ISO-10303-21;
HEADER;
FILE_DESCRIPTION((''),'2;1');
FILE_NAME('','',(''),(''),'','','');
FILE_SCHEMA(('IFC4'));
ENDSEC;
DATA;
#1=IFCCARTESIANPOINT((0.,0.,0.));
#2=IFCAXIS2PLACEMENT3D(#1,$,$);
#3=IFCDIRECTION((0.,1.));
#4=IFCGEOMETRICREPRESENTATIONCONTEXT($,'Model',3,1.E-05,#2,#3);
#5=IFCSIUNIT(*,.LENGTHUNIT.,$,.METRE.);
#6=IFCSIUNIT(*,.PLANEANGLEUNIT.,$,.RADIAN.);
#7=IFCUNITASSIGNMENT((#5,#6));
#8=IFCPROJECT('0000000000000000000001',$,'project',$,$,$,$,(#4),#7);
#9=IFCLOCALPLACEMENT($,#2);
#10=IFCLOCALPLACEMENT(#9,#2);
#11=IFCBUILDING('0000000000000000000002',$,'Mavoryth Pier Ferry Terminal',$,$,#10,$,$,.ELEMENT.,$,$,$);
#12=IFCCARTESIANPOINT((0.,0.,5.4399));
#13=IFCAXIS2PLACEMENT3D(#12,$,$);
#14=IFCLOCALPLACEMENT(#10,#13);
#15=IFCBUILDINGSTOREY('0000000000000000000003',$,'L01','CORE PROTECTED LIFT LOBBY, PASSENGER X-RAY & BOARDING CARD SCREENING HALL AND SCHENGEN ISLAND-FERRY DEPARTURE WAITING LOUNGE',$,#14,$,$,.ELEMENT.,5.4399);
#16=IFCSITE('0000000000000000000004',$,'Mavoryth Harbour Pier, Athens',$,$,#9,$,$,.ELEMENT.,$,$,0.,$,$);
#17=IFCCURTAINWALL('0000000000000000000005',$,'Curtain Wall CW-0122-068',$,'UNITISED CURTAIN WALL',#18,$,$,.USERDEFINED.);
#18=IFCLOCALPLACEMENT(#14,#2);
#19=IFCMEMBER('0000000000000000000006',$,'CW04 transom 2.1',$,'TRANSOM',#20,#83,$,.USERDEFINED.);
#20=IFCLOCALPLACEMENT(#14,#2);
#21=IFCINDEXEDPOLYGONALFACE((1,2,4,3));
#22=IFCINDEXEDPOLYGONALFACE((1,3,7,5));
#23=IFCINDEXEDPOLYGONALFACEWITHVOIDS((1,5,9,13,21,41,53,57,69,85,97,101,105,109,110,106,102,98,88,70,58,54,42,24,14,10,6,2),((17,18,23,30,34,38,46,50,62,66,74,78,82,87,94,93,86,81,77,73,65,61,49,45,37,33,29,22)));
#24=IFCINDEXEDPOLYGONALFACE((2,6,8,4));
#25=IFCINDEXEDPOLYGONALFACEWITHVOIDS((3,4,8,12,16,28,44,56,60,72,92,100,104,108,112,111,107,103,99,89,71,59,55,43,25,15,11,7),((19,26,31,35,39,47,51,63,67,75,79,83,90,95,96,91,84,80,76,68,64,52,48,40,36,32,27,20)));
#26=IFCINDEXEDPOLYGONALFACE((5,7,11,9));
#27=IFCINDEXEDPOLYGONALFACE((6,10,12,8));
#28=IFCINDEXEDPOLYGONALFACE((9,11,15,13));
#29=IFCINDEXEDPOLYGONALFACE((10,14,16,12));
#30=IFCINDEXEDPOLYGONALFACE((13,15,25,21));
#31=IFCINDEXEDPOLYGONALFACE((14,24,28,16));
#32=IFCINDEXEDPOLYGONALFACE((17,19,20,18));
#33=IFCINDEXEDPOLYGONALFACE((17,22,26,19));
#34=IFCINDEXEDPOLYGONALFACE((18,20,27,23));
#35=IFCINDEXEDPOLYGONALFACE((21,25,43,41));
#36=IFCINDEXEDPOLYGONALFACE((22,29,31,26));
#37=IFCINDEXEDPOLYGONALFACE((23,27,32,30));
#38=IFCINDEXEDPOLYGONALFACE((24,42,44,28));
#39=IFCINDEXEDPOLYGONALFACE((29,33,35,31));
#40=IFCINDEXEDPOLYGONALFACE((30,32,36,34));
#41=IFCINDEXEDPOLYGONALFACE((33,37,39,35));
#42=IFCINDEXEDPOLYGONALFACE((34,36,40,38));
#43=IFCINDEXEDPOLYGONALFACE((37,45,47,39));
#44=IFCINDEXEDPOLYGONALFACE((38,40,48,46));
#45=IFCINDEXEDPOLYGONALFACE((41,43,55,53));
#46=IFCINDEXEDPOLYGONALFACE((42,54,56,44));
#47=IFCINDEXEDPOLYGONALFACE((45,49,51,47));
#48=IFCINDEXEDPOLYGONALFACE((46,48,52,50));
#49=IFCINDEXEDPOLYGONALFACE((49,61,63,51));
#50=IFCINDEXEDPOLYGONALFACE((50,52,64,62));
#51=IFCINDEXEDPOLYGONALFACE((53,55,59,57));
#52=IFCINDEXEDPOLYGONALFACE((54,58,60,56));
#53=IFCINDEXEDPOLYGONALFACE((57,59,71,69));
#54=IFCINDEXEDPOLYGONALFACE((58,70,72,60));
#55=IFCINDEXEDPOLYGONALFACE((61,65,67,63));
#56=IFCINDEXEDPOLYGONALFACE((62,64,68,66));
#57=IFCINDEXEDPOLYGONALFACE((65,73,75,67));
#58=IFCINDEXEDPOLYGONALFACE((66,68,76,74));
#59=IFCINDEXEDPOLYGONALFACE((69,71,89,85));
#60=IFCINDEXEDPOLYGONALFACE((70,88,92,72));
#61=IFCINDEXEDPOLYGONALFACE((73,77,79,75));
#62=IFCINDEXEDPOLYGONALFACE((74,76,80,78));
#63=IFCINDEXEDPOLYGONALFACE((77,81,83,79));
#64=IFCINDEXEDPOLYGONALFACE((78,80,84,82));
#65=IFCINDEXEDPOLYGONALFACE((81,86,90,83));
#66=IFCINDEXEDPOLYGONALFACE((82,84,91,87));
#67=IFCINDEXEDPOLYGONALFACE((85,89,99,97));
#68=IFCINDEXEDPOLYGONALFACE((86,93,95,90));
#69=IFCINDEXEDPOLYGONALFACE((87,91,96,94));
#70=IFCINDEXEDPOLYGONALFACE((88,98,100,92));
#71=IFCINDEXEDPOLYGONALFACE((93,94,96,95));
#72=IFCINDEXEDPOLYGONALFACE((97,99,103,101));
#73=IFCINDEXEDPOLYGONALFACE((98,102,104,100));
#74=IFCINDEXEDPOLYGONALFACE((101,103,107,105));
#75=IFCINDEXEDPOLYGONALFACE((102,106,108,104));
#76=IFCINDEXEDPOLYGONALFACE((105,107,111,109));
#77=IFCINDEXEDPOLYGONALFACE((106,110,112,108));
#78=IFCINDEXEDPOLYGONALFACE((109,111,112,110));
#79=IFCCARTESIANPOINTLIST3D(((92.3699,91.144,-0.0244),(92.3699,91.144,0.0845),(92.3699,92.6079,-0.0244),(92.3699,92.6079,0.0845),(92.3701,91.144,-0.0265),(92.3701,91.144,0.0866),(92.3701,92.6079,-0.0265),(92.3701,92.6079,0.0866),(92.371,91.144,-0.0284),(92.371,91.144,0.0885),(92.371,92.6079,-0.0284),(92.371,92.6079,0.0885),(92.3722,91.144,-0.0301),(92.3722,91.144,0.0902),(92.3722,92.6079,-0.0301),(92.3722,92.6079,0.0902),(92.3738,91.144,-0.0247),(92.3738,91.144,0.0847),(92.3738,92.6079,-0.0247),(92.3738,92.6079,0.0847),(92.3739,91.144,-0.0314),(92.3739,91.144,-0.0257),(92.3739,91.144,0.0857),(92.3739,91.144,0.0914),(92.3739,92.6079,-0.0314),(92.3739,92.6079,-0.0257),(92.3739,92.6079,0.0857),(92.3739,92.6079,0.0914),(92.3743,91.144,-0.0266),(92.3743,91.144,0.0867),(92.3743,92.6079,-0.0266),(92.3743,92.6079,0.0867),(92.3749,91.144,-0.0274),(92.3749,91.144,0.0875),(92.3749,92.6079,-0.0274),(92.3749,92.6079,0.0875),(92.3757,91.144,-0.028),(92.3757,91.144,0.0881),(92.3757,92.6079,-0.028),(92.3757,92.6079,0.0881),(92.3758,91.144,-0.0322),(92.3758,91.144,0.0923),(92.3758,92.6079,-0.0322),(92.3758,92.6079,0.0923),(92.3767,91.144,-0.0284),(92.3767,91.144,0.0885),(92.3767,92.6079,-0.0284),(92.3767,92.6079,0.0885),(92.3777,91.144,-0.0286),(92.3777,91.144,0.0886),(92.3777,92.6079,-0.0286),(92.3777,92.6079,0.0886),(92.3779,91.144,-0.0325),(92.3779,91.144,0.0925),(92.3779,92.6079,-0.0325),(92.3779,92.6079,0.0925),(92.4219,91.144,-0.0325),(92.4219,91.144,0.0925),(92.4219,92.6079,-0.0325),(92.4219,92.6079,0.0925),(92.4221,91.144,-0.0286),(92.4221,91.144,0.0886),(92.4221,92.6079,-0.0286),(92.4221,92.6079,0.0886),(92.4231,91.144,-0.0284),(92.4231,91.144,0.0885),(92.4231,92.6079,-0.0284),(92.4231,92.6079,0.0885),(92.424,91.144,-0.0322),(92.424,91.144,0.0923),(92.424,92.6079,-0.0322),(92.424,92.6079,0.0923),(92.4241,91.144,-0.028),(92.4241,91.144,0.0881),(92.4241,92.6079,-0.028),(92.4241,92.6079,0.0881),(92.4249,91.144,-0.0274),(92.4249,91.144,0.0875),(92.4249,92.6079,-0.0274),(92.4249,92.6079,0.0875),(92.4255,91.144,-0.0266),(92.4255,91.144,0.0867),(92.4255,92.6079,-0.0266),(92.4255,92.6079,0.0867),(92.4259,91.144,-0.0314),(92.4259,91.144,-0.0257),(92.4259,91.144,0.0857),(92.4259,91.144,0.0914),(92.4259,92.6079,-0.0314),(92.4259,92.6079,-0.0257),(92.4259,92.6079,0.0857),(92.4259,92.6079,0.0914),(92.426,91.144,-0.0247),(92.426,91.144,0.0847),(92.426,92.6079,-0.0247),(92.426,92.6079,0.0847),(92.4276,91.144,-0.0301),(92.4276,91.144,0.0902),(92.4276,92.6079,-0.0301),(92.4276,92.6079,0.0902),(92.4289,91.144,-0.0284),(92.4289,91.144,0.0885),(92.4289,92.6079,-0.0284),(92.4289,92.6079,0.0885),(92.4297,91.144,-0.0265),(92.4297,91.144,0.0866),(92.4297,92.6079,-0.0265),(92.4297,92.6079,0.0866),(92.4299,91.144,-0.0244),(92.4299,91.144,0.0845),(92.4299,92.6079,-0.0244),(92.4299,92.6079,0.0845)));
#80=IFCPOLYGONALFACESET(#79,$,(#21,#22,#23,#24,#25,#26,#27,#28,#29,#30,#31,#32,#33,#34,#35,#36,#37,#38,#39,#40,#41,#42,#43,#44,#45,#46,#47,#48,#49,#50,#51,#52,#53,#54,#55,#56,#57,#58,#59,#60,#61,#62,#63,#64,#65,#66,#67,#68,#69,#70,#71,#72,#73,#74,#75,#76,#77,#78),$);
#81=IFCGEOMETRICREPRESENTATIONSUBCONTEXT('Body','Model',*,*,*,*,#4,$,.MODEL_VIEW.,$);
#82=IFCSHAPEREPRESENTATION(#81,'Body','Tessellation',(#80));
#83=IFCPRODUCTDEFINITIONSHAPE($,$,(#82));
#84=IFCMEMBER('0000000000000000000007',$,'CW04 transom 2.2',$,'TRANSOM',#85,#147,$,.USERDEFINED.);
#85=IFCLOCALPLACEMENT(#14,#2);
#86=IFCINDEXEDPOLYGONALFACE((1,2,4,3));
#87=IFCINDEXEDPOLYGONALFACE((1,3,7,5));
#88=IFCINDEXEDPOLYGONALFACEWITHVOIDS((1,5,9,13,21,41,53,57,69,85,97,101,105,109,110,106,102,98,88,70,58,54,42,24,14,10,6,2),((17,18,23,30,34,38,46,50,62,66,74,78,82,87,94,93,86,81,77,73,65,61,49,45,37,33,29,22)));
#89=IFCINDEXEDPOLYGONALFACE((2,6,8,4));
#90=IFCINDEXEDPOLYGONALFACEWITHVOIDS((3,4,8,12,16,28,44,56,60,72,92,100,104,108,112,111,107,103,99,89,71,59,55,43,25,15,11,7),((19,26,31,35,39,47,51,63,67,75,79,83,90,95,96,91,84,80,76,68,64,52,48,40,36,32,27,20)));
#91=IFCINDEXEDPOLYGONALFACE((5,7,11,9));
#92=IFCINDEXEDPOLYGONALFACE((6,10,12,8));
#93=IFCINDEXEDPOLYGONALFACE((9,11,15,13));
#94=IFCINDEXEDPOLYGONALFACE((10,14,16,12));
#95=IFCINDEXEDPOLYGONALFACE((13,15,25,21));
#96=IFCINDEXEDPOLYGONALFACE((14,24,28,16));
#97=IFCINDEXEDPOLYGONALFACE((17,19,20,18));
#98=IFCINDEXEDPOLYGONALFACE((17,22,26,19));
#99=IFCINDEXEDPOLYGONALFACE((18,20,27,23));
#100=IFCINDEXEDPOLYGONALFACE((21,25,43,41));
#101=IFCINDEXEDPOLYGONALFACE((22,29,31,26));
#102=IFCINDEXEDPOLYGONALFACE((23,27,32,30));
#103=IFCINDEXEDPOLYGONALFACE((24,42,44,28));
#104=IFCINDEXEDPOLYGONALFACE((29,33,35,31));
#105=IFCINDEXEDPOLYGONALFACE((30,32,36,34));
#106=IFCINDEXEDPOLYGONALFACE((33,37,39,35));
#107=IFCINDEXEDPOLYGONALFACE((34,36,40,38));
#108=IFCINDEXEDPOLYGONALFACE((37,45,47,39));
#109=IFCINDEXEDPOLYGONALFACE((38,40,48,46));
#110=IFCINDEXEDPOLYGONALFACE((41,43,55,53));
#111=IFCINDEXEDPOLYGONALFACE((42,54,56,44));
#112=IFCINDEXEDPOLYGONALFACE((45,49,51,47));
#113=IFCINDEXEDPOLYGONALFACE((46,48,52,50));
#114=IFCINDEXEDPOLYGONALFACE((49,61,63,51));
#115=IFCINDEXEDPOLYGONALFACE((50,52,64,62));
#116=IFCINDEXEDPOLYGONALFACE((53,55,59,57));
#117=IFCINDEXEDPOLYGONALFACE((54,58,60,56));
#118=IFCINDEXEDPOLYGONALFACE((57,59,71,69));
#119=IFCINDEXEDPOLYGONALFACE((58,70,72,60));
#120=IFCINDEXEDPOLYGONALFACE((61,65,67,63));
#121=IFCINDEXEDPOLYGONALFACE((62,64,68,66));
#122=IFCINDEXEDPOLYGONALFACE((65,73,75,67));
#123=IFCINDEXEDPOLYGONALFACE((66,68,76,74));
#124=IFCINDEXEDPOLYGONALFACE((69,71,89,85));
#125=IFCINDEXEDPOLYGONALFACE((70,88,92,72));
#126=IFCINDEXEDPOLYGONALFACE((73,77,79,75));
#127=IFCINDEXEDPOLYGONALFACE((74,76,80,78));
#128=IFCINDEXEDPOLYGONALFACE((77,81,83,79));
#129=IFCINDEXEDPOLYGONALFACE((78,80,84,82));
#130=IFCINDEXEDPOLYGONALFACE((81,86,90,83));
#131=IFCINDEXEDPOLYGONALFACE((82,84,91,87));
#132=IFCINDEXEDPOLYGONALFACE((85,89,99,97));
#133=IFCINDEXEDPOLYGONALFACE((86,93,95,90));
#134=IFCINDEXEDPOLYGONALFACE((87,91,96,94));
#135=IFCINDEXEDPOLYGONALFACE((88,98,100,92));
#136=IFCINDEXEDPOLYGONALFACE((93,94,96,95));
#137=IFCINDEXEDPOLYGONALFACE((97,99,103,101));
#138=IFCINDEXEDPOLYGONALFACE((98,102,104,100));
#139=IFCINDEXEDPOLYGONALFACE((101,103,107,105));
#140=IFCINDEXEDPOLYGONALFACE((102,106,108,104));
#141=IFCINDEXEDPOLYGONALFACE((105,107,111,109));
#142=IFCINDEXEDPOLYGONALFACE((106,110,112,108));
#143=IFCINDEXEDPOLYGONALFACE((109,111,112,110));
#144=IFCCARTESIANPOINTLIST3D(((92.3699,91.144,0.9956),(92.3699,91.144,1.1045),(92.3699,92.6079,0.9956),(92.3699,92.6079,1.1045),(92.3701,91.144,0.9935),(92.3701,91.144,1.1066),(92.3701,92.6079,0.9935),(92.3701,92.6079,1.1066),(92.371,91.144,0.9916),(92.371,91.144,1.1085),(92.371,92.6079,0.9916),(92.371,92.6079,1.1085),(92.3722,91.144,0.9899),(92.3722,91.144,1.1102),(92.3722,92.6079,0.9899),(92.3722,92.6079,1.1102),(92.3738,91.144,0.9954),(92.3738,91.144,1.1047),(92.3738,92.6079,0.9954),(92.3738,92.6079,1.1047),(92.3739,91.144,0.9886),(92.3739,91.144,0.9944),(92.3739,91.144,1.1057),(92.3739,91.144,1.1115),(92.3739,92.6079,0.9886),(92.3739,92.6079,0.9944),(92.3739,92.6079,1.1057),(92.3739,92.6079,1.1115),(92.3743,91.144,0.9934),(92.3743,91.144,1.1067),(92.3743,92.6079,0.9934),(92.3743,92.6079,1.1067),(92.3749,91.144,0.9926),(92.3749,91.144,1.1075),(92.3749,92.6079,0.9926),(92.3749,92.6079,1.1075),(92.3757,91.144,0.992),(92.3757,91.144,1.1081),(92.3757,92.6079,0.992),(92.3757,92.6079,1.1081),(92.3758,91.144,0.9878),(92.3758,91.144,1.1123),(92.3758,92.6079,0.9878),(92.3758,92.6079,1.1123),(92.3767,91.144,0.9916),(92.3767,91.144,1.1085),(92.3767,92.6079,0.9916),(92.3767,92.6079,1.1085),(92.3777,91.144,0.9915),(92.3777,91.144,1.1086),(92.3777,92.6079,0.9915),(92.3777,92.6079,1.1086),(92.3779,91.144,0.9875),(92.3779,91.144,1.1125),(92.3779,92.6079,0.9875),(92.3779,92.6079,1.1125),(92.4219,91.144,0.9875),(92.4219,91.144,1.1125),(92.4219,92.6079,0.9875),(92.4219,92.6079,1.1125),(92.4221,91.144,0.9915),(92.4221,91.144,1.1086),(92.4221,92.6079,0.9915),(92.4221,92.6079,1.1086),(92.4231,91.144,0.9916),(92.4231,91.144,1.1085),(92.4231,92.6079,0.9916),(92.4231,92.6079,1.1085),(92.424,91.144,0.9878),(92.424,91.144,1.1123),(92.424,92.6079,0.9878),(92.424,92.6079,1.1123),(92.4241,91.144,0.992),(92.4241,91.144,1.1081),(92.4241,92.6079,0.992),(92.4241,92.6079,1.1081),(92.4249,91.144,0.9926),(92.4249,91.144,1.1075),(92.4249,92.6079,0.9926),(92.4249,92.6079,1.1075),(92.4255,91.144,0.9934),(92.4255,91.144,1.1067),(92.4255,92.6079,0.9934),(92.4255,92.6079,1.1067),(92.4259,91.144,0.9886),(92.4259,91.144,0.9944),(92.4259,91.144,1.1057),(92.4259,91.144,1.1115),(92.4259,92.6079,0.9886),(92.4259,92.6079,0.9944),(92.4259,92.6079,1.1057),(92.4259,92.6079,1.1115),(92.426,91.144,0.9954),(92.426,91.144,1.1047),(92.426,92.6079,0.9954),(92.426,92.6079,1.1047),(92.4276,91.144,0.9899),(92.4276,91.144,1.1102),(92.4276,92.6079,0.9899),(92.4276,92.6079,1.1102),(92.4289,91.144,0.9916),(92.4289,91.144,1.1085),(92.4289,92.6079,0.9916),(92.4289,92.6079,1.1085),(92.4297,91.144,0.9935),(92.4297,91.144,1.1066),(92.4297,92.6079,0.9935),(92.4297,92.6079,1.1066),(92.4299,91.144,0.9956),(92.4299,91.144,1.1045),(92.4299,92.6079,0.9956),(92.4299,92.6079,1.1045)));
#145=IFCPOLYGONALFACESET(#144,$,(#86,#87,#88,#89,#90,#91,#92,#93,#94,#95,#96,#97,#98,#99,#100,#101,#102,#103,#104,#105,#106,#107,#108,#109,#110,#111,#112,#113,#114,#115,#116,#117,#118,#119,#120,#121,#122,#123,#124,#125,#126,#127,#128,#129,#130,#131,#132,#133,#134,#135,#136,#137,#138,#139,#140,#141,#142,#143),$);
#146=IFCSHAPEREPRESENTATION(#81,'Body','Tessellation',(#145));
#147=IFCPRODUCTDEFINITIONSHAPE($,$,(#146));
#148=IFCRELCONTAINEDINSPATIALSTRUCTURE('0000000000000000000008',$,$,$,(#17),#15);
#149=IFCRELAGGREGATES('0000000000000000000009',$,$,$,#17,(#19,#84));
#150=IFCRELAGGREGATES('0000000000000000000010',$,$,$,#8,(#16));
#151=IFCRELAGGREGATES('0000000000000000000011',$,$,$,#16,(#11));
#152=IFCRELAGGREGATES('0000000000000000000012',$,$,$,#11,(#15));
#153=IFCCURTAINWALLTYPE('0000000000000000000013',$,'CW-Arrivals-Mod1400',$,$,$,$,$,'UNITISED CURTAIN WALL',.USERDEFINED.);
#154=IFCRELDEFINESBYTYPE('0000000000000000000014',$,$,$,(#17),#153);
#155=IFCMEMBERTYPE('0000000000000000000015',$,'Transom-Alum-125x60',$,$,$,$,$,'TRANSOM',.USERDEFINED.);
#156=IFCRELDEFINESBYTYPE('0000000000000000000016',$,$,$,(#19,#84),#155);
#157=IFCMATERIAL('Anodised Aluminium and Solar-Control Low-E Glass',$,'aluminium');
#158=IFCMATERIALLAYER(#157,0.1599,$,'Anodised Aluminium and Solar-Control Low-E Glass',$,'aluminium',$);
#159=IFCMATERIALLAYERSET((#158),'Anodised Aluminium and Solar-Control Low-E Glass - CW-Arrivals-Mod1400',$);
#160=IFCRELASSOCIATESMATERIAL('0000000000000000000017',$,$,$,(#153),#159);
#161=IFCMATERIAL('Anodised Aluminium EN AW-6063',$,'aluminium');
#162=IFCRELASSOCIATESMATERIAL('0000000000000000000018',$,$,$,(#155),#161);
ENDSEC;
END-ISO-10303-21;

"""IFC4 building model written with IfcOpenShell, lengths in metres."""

from ifc_helpers import new_model, si_unit, direction, frame, origin, origin_2d, place, context, subcontext, project, spatial, hollow_rectangle, extrude, material, layer, layer_set, material_profile, profile_set, type_object, element, aggregate, save


model = new_model("IFC4")

# Units and contexts
model_context = context("Model", 3, precision=1e-05, world=origin(), true_north=direction((0.0, 1.0)))
body_context = subcontext(model_context, "Body", "Model", "MODEL_VIEW")
ifc_project = project(units=[si_unit("LENGTHUNIT", "METRE"), si_unit("PLANEANGLEUNIT", "RADIAN")], contexts=[model_context])

# Site, building, storey
site_placement = place(None, origin())
site = spatial("IfcSite", under=ifc_project, at=site_placement, Name="Mavoryth Harbour Pier, Athens", CompositionType="ELEMENT", RefElevation=0.0)
building_placement = place(site_placement, origin())
building = spatial("IfcBuilding", under=site, at=building_placement, Name="Mavoryth Pier Ferry Terminal", CompositionType="ELEMENT")
storey_placement = place(building_placement, frame((0.0, 0.0, 5.4399)))
storey = spatial("IfcBuildingStorey", under=building, at=storey_placement, Name="L01", Description="CORE PROTECTED LIFT LOBBY, PASSENGER X-RAY & BOARDING CARD SCREENING HALL AND SCHENGEN ISLAND-FERRY DEPARTURE WAITING LOUNGE", CompositionType="ELEMENT", Elevation=5.4399)

# Curtain wall, members
ifc_material_1 = material(Name="Anodised Aluminium and Solar-Control Low-E Glass", Category="aluminium")
ifc_layer_1 = layer(ifc_material_1, 0.1599, Name="Anodised Aluminium and Solar-Control Low-E Glass", Category="aluminium")
ifc_layer_set_1 = layer_set([ifc_layer_1], Name="Anodised Aluminium and Solar-Control Low-E Glass - CW-Arrivals-Mod1400")
curtain_wall_type = type_object("IfcCurtainWallType", Name="CW-Arrivals-Mod1400", ElementType="UNITISED CURTAIN WALL", PredefinedType="USERDEFINED", material=ifc_layer_set_1)
curtain_wall_placement = place(storey_placement, origin())
curtain_wall = element("IfcCurtainWall", 1, at=curtain_wall_placement, inside=storey, type_object=curtain_wall_type, Name="Curtain Wall CW-0122-068", ObjectType="UNITISED CURTAIN WALL", PredefinedType="USERDEFINED")
ifc_material_2 = material(Name="Anodised Aluminium EN AW-6063", Category="aluminium")
ifc_material_profile_1 = material_profile(ifc_material_2, hollow_rectangle(XDim=0.0601, YDim=0.125, WallThickness=0.0039, InnerFilletRadius=0.0039, OuterFilletRadius=0.0081, at=origin_2d()), Name="AL-TRAN 125x60x4", Category="aluminium")
ifc_profile_set_1 = profile_set([ifc_material_profile_1], Name="Anodised Aluminium EN AW-6063 - AL-TRAN 125x60x4")
member_type_1 = type_object("IfcMemberType", Name="Transom-Alum-125x60", ElementType="TRANSOM", PredefinedType="USERDEFINED", material=ifc_profile_set_1)
member_1_placement = place(storey_placement, frame((92.3999, 91.144, 0.03), z_axis=(0.0, 1.0, 0.0), x_axis=(-1.0, 0.0, 0.0)))
member_1 = element("IfcMember", 2, at=member_1_placement, type_object=member_type_1, Name="CW04 transom 2.1", ObjectType="TRANSOM", PredefinedType="USERDEFINED", context=body_context, shape_type="SweptSolid", body=[
    extrude(hollow_rectangle(XDim=0.0601, YDim=0.125, WallThickness=0.0039, InnerFilletRadius=0.0039, OuterFilletRadius=0.0081, at=origin_2d()), origin(), (0.0, 0.0, 1.0), 1.4639),
])
member_2_placement = place(storey_placement, frame((92.3999, 91.144, 1.05), z_axis=(0.0, 1.0, 0.0), x_axis=(-1.0, 0.0, 0.0)))
member_2 = element("IfcMember", 3, at=member_2_placement, type_object=member_type_1, Name="CW04 transom 2.2", ObjectType="TRANSOM", PredefinedType="USERDEFINED", context=body_context, shape_type="SweptSolid", body=[
    extrude(hollow_rectangle(XDim=0.0601, YDim=0.125, WallThickness=0.0039, InnerFilletRadius=0.0039, OuterFilletRadius=0.0081, at=origin_2d()), origin(), (0.0, 0.0, 1.0), 1.4639),
])
aggregate(curtain_wall, [member_1, member_2])

save(model, "model.ifc")
